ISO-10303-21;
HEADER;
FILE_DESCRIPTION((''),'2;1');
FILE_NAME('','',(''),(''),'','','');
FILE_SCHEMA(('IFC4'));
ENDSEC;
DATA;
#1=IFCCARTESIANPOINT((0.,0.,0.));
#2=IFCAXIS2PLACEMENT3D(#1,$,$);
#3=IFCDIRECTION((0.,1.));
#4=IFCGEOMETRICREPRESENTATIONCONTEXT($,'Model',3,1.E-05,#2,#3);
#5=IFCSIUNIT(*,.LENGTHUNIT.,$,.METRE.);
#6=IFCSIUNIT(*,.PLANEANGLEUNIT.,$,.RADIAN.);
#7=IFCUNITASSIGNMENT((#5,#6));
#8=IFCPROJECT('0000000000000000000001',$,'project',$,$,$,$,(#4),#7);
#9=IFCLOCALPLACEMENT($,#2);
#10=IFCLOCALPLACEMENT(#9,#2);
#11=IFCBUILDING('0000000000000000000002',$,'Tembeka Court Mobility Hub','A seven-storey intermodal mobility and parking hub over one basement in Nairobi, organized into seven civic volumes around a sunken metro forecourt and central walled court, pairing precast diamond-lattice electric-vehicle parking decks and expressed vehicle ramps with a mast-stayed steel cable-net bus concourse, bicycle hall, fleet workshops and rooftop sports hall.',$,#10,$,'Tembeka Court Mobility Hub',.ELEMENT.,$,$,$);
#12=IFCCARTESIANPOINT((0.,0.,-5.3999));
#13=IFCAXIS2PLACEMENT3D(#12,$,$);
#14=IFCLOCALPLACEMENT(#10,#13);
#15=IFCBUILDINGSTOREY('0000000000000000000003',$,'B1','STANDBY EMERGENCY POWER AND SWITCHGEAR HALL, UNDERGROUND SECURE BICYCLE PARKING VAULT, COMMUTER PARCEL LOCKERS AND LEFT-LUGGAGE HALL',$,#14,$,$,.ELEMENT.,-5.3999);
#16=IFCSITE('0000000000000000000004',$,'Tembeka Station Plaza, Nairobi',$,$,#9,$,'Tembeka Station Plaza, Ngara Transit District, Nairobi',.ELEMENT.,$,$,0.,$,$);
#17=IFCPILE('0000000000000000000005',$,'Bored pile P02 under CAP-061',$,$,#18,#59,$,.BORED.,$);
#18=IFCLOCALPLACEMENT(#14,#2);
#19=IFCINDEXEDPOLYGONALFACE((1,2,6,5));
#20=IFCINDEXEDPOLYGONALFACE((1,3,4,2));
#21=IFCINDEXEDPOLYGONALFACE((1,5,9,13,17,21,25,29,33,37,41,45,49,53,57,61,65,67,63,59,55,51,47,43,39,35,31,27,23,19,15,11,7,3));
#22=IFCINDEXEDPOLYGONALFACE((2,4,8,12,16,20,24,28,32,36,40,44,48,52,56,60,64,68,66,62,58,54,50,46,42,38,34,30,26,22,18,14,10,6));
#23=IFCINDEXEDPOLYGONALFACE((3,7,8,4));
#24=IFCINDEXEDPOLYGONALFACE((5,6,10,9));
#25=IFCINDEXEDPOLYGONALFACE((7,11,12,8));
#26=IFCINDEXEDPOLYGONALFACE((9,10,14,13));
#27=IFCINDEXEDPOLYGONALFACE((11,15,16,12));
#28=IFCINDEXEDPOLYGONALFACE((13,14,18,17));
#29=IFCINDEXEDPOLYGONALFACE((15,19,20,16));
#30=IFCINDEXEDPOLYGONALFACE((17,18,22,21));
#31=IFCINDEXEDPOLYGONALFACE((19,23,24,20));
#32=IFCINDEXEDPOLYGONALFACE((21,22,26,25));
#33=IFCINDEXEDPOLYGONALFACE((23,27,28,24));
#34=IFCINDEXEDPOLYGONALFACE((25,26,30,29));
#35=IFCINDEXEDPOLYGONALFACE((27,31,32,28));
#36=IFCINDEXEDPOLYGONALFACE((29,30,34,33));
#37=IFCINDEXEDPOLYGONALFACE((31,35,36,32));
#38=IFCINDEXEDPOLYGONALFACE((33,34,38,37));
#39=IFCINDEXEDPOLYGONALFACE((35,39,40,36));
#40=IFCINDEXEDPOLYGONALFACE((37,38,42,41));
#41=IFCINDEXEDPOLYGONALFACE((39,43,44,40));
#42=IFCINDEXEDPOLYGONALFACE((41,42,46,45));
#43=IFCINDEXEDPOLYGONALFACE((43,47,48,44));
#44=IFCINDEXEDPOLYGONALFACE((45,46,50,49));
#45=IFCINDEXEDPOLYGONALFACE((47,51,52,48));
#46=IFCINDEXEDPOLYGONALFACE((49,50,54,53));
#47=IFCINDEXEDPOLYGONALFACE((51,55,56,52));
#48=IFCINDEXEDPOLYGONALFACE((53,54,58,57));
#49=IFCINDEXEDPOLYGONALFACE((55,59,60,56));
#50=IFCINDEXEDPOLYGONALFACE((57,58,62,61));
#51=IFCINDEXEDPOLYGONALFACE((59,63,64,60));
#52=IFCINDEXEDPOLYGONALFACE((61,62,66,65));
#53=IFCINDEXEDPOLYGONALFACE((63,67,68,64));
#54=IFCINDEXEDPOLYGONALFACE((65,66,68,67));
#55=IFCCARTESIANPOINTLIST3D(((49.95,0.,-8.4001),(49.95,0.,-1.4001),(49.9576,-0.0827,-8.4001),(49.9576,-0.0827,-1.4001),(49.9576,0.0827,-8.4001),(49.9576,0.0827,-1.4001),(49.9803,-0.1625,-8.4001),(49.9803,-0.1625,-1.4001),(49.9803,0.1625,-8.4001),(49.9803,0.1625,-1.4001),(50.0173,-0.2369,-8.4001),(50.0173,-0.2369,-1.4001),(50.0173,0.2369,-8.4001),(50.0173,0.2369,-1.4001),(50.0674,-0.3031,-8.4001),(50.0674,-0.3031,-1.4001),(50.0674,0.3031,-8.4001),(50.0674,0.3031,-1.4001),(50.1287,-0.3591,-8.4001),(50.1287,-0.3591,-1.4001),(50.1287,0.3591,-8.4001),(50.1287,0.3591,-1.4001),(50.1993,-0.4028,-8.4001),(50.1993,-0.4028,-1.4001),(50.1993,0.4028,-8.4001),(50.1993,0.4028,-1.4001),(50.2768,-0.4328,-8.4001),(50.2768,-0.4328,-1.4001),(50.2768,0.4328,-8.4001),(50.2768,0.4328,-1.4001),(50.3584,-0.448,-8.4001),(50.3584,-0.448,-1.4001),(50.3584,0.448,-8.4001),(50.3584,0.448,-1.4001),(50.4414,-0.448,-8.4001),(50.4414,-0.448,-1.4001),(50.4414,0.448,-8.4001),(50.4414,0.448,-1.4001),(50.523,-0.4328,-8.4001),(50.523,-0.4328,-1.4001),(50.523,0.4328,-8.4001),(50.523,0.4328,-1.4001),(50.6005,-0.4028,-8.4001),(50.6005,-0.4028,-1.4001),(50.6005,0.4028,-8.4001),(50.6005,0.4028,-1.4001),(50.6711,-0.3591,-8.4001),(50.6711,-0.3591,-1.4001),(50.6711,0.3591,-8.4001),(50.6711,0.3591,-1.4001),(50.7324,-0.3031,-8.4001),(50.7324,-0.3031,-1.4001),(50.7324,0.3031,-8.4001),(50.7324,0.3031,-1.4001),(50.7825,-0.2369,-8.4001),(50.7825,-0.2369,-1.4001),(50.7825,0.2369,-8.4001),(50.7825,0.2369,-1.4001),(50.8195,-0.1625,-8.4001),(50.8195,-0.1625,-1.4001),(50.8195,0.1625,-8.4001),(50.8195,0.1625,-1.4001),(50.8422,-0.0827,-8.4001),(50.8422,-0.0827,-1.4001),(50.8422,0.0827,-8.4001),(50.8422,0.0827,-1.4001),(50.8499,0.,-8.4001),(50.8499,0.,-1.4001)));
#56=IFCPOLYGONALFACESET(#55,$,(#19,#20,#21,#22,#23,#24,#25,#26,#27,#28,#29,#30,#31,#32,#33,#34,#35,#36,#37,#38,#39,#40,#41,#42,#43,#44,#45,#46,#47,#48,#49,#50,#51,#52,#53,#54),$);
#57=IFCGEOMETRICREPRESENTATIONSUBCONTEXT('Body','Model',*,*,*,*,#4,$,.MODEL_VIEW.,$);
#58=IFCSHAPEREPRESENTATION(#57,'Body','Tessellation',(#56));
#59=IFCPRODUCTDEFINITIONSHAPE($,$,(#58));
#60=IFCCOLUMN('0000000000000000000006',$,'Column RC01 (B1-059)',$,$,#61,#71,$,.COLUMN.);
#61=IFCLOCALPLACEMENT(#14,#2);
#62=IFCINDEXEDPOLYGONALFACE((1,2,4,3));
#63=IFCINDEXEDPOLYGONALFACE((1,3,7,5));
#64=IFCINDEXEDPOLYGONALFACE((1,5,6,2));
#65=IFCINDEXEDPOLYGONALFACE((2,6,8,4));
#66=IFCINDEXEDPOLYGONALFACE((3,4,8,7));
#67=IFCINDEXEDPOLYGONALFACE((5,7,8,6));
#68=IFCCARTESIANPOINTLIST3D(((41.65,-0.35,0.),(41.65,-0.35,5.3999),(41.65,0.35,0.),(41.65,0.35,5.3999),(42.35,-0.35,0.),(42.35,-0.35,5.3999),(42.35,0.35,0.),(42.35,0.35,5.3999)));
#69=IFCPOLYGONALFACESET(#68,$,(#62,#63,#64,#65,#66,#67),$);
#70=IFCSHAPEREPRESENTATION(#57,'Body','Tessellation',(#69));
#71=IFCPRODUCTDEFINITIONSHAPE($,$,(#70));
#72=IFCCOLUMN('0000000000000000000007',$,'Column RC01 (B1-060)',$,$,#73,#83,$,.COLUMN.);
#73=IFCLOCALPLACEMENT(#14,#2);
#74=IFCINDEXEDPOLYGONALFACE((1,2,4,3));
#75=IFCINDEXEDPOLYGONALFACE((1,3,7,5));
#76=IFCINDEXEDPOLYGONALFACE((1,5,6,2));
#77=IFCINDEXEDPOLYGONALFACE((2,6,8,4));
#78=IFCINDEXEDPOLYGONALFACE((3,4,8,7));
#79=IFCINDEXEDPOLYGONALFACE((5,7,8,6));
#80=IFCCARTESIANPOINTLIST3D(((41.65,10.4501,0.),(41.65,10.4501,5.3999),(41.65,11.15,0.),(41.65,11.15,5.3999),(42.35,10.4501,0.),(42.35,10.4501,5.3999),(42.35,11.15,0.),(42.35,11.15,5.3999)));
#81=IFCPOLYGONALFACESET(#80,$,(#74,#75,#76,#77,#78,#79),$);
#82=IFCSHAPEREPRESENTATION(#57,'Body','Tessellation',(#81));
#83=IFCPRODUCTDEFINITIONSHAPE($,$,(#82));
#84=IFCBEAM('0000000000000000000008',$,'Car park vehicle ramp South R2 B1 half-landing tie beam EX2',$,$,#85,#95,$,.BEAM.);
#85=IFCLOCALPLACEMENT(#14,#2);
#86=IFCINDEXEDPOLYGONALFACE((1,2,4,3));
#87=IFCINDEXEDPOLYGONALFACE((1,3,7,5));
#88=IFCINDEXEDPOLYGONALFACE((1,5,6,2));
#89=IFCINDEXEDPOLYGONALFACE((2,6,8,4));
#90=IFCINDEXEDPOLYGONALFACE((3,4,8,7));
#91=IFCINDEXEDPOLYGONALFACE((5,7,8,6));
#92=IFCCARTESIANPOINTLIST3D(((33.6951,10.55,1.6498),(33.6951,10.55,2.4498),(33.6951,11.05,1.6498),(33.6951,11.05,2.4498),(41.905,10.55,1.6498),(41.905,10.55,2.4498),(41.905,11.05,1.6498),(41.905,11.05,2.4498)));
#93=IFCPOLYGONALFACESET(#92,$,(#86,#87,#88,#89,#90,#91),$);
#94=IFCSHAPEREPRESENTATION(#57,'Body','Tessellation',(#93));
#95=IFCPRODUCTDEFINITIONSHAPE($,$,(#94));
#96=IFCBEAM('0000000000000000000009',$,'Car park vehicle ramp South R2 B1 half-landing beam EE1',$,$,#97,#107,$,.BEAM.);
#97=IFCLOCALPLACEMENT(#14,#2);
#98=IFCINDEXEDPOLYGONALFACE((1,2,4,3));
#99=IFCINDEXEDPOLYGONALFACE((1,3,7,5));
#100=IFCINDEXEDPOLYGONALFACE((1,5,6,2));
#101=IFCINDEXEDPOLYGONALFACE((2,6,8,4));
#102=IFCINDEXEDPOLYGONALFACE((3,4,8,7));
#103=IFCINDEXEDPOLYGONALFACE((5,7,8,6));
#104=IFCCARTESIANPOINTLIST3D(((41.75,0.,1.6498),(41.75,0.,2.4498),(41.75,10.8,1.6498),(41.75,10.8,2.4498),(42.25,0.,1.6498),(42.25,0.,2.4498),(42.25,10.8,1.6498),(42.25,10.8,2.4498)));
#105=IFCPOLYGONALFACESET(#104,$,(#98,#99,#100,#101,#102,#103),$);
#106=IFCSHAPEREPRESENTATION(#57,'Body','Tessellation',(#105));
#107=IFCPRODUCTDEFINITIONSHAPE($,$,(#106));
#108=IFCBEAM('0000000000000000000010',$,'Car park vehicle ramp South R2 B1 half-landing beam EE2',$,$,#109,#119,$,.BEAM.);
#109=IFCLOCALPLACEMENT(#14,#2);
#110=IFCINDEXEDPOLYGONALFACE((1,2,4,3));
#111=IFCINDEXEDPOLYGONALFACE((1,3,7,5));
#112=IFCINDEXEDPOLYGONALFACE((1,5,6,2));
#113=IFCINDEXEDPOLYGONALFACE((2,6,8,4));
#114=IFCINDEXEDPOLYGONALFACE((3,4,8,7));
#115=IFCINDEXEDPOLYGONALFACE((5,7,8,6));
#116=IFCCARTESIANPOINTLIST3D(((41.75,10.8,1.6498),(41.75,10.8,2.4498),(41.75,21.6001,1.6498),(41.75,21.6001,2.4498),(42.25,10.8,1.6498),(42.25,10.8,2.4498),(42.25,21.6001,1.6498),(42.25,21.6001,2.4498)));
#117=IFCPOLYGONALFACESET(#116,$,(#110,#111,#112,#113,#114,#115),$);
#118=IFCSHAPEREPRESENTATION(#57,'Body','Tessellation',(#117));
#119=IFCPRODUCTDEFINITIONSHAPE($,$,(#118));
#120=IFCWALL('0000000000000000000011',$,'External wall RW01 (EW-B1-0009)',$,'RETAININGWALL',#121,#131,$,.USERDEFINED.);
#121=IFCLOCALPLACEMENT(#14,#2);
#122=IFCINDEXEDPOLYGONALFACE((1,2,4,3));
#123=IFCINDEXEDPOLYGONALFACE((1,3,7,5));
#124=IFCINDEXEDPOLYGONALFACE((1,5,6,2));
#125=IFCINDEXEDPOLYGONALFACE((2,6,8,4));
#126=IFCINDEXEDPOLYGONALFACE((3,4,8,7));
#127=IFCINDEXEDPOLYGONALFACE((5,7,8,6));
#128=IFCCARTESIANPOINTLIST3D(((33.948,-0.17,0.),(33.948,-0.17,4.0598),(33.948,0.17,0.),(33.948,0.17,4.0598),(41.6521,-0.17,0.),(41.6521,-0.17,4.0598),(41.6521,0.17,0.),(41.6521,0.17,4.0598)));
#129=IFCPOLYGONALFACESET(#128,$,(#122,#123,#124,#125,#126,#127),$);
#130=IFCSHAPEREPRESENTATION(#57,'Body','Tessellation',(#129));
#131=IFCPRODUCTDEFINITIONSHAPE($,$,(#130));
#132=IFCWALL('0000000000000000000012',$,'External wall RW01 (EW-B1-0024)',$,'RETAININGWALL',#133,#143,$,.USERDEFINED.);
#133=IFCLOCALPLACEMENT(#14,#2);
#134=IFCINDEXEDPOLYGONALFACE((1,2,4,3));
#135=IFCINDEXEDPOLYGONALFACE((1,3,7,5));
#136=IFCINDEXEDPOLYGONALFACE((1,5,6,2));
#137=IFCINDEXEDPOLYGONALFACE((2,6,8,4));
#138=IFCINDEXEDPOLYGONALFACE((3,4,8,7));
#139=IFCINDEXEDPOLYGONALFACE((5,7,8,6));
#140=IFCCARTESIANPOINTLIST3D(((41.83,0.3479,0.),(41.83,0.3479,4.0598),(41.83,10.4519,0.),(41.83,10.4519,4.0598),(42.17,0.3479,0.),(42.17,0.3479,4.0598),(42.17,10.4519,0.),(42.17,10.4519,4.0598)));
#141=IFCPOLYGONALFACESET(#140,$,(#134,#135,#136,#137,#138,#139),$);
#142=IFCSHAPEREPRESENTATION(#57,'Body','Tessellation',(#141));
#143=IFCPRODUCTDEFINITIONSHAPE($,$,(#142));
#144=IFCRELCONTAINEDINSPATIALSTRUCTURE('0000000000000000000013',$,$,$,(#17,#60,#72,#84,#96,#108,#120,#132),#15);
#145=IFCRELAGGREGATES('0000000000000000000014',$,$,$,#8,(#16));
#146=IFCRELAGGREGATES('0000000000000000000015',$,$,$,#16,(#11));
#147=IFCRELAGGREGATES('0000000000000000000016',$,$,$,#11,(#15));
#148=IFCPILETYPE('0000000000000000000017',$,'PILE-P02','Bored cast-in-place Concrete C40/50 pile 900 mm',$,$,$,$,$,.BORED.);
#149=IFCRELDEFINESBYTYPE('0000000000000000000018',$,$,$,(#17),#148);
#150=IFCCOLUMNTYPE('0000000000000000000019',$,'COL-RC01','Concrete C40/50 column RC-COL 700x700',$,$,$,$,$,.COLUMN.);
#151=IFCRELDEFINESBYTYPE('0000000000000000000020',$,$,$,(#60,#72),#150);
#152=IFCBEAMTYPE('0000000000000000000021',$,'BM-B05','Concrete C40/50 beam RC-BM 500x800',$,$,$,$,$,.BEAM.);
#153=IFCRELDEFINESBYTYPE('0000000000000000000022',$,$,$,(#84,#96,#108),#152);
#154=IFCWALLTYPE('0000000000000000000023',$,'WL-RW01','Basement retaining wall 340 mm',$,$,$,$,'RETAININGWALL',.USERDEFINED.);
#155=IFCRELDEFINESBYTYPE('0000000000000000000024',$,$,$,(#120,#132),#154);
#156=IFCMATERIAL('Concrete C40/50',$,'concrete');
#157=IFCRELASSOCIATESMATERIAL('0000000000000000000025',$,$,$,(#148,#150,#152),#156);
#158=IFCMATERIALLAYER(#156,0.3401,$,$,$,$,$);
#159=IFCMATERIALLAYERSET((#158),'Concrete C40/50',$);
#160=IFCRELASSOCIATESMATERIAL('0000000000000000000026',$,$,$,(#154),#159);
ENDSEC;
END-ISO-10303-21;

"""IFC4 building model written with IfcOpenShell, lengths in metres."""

from ifc_helpers import new_model, si_unit, direction, frame, frame_2d, origin, origin_2d, place, context, subcontext, project, spatial, rectangle, circle, extrude, material, layer, layer_set, material_profile, profile_set, type_object, element, save


model = new_model("IFC4")

# Units and contexts
model_context = context("Model", 3, precision=1e-05, world=origin(), true_north=direction((0.0, 1.0)))
body_context = subcontext(model_context, "Body", "Model", "MODEL_VIEW")
ifc_project = project(units=[si_unit("LENGTHUNIT", "METRE"), si_unit("PLANEANGLEUNIT", "RADIAN")], contexts=[model_context])

# Site, building, storey
site_placement = place(None, origin())
site = spatial("IfcSite", under=ifc_project, at=site_placement, Name="Tembeka Station Plaza, Nairobi", LongName="Tembeka Station Plaza, Ngara Transit District, Nairobi", CompositionType="ELEMENT", RefElevation=0.0)
building_placement = place(site_placement, origin())
building = spatial("IfcBuilding", under=site, at=building_placement, Name="Tembeka Court Mobility Hub", Description="A seven-storey intermodal mobility and parking hub over one basement in Nairobi, organized into seven civic volumes around a sunken metro forecourt and central walled court, pairing precast diamond-lattice electric-vehicle parking decks and expressed vehicle ramps with a mast-stayed steel cable-net bus concourse, bicycle hall, fleet workshops and rooftop sports hall.", LongName="Tembeka Court Mobility Hub", CompositionType="ELEMENT")
storey_placement = place(building_placement, frame((0.0, 0.0, -5.3999)))
storey = spatial("IfcBuildingStorey", under=building, at=storey_placement, Name="B1", Description="STANDBY EMERGENCY POWER AND SWITCHGEAR HALL, UNDERGROUND SECURE BICYCLE PARKING VAULT, COMMUTER PARCEL LOCKERS AND LEFT-LUGGAGE HALL", CompositionType="ELEMENT", Elevation=-5.3999)

# Shared definitions
ifc_material_1 = material(Name="Concrete C40/50", Category="concrete")

# Pile
ifc_material_profile_1 = material_profile(ifc_material_1, circle(Radius=0.45, at=origin_2d()), Name="PILE D900")
ifc_profile_set_1 = profile_set([ifc_material_profile_1], Name="Concrete C40/50")
pile_type = type_object("IfcPileType", Name="PILE-P02", Description="Bored cast-in-place Concrete C40/50 pile 900 mm", PredefinedType="BORED", material=ifc_profile_set_1)
for number, where, z_axis, x_axis, name in (
    (1, (50.3999, 0.0, -1.4001), (0.0, 0.0, -1.0), (1.0, 0.0, 0.0), "Bored pile P02 under CAP-061"),
):
    element("IfcPile", number, at=place(storey_placement, frame(where, z_axis=z_axis, x_axis=x_axis)), inside=storey, type_object=pile_type, Name=name, PredefinedType="BORED", context=body_context, shape_type="SweptSolid", body=[
        extrude(circle(Radius=0.45, at=origin_2d()), origin(), (0.0, 0.0, 1.0), 7.0),
    ])

# Columns
ifc_material_profile_2 = material_profile(ifc_material_1, rectangle(XDim=0.7, YDim=0.7, at=origin_2d()), Name="RC-COL 700x700")
ifc_profile_set_2 = profile_set([ifc_material_profile_2], Name="Concrete C40/50")
column_type = type_object("IfcColumnType", Name="COL-RC01", Description="Concrete C40/50 column RC-COL 700x700", PredefinedType="COLUMN", material=ifc_profile_set_2)
for number, where, z_axis, x_axis, name in (
    (2, (42.0, 0.0, 0.0), (0.0, 0.0, 1.0), (1.0, 0.0, 0.0), "Column RC01 (B1-059)"),
    (3, (42.0, 10.8, 0.0), (0.0, 0.0, 1.0), (1.0, 0.0, 0.0), "Column RC01 (B1-060)"),
):
    element("IfcColumn", number, at=place(storey_placement, frame(where, z_axis=z_axis, x_axis=x_axis)), inside=storey, type_object=column_type, Name=name, PredefinedType="COLUMN", context=body_context, shape_type="SweptSolid", body=[
        extrude(rectangle(XDim=0.7, YDim=0.7, at=origin_2d()), origin(), (0.0, 0.0, 1.0), 5.3999),
    ])

# Beams
ifc_material_profile_3 = material_profile(ifc_material_1, rectangle(XDim=0.5, YDim=0.8, at=origin_2d()), Name="RC-BM 500x800")
ifc_profile_set_3 = profile_set([ifc_material_profile_3], Name="Concrete C40/50")
beam_type = type_object("IfcBeamType", Name="BM-B05", Description="Concrete C40/50 beam RC-BM 500x800", PredefinedType="BEAM", material=ifc_profile_set_3)
beam_placement = place(storey_placement, frame((33.6951, 10.8, 2.0498), z_axis=(1.0, 0.0, 0.0), x_axis=(0.0, 1.0, 0.0)))
element("IfcBeam", 4, at=beam_placement, inside=storey, type_object=beam_type, Name="Car park vehicle ramp South R2 B1 half-landing tie beam EX2", PredefinedType="BEAM", context=body_context, shape_type="SweptSolid", body=[
    extrude(rectangle(XDim=0.5, YDim=0.8, at=origin_2d()), origin(), (0.0, 0.0, 1.0), 8.21),
])
for number, where, z_axis, x_axis, name in (
    (5, (42.0, 0.0, 2.0498), (0.0, 1.0, 0.0), (-1.0, 0.0, 0.0), "Car park vehicle ramp South R2 B1 half-landing beam EE1"),
    (6, (42.0, 10.8, 2.0498), (0.0, 1.0, 0.0), (-1.0, 0.0, 0.0), "Car park vehicle ramp South R2 B1 half-landing beam EE2"),
):
    element("IfcBeam", number, at=place(storey_placement, frame(where, z_axis=z_axis, x_axis=x_axis)), inside=storey, type_object=beam_type, Name=name, PredefinedType="BEAM", context=body_context, shape_type="SweptSolid", body=[
        extrude(rectangle(XDim=0.5, YDim=0.8, at=origin_2d()), origin(), (0.0, 0.0, 1.0), 10.8),
    ])

# Walls
ifc_layer = layer(ifc_material_1, 0.3401)
ifc_layer_set = layer_set([ifc_layer], Name="Concrete C40/50")
wall_type = type_object("IfcWallType", Name="WL-RW01", Description="Basement retaining wall 340 mm", ElementType="RETAININGWALL", PredefinedType="USERDEFINED", material=ifc_layer_set)
wall_1_placement = place(storey_placement, frame((33.948, 0.0, 0.0), z_axis=(0.0, 0.0, 1.0), x_axis=(1.0, 0.0, 0.0)))
element("IfcWall", 7, at=wall_1_placement, inside=storey, type_object=wall_type, Name="External wall RW01 (EW-B1-0009)", ObjectType="RETAININGWALL", PredefinedType="USERDEFINED", context=body_context, shape_type="SweptSolid", body=[
    extrude(rectangle(XDim=7.7041, YDim=0.3401, at=frame_2d((3.8521, 0.0))), origin(), (0.0, 0.0, 1.0), 4.0598),
])
wall_2_placement = place(storey_placement, frame((42.0, 0.3479, 0.0), z_axis=(0.0, 0.0, 1.0), x_axis=(0.0, 1.0, 0.0)))
element("IfcWall", 8, at=wall_2_placement, inside=storey, type_object=wall_type, Name="External wall RW01 (EW-B1-0024)", ObjectType="RETAININGWALL", PredefinedType="USERDEFINED", context=body_context, shape_type="SweptSolid", body=[
    extrude(rectangle(XDim=10.104, YDim=0.3401, at=frame_2d((5.052, 0.0))), origin(), (0.0, 0.0, 1.0), 4.0598),
])

save(model, "model.ifc")
